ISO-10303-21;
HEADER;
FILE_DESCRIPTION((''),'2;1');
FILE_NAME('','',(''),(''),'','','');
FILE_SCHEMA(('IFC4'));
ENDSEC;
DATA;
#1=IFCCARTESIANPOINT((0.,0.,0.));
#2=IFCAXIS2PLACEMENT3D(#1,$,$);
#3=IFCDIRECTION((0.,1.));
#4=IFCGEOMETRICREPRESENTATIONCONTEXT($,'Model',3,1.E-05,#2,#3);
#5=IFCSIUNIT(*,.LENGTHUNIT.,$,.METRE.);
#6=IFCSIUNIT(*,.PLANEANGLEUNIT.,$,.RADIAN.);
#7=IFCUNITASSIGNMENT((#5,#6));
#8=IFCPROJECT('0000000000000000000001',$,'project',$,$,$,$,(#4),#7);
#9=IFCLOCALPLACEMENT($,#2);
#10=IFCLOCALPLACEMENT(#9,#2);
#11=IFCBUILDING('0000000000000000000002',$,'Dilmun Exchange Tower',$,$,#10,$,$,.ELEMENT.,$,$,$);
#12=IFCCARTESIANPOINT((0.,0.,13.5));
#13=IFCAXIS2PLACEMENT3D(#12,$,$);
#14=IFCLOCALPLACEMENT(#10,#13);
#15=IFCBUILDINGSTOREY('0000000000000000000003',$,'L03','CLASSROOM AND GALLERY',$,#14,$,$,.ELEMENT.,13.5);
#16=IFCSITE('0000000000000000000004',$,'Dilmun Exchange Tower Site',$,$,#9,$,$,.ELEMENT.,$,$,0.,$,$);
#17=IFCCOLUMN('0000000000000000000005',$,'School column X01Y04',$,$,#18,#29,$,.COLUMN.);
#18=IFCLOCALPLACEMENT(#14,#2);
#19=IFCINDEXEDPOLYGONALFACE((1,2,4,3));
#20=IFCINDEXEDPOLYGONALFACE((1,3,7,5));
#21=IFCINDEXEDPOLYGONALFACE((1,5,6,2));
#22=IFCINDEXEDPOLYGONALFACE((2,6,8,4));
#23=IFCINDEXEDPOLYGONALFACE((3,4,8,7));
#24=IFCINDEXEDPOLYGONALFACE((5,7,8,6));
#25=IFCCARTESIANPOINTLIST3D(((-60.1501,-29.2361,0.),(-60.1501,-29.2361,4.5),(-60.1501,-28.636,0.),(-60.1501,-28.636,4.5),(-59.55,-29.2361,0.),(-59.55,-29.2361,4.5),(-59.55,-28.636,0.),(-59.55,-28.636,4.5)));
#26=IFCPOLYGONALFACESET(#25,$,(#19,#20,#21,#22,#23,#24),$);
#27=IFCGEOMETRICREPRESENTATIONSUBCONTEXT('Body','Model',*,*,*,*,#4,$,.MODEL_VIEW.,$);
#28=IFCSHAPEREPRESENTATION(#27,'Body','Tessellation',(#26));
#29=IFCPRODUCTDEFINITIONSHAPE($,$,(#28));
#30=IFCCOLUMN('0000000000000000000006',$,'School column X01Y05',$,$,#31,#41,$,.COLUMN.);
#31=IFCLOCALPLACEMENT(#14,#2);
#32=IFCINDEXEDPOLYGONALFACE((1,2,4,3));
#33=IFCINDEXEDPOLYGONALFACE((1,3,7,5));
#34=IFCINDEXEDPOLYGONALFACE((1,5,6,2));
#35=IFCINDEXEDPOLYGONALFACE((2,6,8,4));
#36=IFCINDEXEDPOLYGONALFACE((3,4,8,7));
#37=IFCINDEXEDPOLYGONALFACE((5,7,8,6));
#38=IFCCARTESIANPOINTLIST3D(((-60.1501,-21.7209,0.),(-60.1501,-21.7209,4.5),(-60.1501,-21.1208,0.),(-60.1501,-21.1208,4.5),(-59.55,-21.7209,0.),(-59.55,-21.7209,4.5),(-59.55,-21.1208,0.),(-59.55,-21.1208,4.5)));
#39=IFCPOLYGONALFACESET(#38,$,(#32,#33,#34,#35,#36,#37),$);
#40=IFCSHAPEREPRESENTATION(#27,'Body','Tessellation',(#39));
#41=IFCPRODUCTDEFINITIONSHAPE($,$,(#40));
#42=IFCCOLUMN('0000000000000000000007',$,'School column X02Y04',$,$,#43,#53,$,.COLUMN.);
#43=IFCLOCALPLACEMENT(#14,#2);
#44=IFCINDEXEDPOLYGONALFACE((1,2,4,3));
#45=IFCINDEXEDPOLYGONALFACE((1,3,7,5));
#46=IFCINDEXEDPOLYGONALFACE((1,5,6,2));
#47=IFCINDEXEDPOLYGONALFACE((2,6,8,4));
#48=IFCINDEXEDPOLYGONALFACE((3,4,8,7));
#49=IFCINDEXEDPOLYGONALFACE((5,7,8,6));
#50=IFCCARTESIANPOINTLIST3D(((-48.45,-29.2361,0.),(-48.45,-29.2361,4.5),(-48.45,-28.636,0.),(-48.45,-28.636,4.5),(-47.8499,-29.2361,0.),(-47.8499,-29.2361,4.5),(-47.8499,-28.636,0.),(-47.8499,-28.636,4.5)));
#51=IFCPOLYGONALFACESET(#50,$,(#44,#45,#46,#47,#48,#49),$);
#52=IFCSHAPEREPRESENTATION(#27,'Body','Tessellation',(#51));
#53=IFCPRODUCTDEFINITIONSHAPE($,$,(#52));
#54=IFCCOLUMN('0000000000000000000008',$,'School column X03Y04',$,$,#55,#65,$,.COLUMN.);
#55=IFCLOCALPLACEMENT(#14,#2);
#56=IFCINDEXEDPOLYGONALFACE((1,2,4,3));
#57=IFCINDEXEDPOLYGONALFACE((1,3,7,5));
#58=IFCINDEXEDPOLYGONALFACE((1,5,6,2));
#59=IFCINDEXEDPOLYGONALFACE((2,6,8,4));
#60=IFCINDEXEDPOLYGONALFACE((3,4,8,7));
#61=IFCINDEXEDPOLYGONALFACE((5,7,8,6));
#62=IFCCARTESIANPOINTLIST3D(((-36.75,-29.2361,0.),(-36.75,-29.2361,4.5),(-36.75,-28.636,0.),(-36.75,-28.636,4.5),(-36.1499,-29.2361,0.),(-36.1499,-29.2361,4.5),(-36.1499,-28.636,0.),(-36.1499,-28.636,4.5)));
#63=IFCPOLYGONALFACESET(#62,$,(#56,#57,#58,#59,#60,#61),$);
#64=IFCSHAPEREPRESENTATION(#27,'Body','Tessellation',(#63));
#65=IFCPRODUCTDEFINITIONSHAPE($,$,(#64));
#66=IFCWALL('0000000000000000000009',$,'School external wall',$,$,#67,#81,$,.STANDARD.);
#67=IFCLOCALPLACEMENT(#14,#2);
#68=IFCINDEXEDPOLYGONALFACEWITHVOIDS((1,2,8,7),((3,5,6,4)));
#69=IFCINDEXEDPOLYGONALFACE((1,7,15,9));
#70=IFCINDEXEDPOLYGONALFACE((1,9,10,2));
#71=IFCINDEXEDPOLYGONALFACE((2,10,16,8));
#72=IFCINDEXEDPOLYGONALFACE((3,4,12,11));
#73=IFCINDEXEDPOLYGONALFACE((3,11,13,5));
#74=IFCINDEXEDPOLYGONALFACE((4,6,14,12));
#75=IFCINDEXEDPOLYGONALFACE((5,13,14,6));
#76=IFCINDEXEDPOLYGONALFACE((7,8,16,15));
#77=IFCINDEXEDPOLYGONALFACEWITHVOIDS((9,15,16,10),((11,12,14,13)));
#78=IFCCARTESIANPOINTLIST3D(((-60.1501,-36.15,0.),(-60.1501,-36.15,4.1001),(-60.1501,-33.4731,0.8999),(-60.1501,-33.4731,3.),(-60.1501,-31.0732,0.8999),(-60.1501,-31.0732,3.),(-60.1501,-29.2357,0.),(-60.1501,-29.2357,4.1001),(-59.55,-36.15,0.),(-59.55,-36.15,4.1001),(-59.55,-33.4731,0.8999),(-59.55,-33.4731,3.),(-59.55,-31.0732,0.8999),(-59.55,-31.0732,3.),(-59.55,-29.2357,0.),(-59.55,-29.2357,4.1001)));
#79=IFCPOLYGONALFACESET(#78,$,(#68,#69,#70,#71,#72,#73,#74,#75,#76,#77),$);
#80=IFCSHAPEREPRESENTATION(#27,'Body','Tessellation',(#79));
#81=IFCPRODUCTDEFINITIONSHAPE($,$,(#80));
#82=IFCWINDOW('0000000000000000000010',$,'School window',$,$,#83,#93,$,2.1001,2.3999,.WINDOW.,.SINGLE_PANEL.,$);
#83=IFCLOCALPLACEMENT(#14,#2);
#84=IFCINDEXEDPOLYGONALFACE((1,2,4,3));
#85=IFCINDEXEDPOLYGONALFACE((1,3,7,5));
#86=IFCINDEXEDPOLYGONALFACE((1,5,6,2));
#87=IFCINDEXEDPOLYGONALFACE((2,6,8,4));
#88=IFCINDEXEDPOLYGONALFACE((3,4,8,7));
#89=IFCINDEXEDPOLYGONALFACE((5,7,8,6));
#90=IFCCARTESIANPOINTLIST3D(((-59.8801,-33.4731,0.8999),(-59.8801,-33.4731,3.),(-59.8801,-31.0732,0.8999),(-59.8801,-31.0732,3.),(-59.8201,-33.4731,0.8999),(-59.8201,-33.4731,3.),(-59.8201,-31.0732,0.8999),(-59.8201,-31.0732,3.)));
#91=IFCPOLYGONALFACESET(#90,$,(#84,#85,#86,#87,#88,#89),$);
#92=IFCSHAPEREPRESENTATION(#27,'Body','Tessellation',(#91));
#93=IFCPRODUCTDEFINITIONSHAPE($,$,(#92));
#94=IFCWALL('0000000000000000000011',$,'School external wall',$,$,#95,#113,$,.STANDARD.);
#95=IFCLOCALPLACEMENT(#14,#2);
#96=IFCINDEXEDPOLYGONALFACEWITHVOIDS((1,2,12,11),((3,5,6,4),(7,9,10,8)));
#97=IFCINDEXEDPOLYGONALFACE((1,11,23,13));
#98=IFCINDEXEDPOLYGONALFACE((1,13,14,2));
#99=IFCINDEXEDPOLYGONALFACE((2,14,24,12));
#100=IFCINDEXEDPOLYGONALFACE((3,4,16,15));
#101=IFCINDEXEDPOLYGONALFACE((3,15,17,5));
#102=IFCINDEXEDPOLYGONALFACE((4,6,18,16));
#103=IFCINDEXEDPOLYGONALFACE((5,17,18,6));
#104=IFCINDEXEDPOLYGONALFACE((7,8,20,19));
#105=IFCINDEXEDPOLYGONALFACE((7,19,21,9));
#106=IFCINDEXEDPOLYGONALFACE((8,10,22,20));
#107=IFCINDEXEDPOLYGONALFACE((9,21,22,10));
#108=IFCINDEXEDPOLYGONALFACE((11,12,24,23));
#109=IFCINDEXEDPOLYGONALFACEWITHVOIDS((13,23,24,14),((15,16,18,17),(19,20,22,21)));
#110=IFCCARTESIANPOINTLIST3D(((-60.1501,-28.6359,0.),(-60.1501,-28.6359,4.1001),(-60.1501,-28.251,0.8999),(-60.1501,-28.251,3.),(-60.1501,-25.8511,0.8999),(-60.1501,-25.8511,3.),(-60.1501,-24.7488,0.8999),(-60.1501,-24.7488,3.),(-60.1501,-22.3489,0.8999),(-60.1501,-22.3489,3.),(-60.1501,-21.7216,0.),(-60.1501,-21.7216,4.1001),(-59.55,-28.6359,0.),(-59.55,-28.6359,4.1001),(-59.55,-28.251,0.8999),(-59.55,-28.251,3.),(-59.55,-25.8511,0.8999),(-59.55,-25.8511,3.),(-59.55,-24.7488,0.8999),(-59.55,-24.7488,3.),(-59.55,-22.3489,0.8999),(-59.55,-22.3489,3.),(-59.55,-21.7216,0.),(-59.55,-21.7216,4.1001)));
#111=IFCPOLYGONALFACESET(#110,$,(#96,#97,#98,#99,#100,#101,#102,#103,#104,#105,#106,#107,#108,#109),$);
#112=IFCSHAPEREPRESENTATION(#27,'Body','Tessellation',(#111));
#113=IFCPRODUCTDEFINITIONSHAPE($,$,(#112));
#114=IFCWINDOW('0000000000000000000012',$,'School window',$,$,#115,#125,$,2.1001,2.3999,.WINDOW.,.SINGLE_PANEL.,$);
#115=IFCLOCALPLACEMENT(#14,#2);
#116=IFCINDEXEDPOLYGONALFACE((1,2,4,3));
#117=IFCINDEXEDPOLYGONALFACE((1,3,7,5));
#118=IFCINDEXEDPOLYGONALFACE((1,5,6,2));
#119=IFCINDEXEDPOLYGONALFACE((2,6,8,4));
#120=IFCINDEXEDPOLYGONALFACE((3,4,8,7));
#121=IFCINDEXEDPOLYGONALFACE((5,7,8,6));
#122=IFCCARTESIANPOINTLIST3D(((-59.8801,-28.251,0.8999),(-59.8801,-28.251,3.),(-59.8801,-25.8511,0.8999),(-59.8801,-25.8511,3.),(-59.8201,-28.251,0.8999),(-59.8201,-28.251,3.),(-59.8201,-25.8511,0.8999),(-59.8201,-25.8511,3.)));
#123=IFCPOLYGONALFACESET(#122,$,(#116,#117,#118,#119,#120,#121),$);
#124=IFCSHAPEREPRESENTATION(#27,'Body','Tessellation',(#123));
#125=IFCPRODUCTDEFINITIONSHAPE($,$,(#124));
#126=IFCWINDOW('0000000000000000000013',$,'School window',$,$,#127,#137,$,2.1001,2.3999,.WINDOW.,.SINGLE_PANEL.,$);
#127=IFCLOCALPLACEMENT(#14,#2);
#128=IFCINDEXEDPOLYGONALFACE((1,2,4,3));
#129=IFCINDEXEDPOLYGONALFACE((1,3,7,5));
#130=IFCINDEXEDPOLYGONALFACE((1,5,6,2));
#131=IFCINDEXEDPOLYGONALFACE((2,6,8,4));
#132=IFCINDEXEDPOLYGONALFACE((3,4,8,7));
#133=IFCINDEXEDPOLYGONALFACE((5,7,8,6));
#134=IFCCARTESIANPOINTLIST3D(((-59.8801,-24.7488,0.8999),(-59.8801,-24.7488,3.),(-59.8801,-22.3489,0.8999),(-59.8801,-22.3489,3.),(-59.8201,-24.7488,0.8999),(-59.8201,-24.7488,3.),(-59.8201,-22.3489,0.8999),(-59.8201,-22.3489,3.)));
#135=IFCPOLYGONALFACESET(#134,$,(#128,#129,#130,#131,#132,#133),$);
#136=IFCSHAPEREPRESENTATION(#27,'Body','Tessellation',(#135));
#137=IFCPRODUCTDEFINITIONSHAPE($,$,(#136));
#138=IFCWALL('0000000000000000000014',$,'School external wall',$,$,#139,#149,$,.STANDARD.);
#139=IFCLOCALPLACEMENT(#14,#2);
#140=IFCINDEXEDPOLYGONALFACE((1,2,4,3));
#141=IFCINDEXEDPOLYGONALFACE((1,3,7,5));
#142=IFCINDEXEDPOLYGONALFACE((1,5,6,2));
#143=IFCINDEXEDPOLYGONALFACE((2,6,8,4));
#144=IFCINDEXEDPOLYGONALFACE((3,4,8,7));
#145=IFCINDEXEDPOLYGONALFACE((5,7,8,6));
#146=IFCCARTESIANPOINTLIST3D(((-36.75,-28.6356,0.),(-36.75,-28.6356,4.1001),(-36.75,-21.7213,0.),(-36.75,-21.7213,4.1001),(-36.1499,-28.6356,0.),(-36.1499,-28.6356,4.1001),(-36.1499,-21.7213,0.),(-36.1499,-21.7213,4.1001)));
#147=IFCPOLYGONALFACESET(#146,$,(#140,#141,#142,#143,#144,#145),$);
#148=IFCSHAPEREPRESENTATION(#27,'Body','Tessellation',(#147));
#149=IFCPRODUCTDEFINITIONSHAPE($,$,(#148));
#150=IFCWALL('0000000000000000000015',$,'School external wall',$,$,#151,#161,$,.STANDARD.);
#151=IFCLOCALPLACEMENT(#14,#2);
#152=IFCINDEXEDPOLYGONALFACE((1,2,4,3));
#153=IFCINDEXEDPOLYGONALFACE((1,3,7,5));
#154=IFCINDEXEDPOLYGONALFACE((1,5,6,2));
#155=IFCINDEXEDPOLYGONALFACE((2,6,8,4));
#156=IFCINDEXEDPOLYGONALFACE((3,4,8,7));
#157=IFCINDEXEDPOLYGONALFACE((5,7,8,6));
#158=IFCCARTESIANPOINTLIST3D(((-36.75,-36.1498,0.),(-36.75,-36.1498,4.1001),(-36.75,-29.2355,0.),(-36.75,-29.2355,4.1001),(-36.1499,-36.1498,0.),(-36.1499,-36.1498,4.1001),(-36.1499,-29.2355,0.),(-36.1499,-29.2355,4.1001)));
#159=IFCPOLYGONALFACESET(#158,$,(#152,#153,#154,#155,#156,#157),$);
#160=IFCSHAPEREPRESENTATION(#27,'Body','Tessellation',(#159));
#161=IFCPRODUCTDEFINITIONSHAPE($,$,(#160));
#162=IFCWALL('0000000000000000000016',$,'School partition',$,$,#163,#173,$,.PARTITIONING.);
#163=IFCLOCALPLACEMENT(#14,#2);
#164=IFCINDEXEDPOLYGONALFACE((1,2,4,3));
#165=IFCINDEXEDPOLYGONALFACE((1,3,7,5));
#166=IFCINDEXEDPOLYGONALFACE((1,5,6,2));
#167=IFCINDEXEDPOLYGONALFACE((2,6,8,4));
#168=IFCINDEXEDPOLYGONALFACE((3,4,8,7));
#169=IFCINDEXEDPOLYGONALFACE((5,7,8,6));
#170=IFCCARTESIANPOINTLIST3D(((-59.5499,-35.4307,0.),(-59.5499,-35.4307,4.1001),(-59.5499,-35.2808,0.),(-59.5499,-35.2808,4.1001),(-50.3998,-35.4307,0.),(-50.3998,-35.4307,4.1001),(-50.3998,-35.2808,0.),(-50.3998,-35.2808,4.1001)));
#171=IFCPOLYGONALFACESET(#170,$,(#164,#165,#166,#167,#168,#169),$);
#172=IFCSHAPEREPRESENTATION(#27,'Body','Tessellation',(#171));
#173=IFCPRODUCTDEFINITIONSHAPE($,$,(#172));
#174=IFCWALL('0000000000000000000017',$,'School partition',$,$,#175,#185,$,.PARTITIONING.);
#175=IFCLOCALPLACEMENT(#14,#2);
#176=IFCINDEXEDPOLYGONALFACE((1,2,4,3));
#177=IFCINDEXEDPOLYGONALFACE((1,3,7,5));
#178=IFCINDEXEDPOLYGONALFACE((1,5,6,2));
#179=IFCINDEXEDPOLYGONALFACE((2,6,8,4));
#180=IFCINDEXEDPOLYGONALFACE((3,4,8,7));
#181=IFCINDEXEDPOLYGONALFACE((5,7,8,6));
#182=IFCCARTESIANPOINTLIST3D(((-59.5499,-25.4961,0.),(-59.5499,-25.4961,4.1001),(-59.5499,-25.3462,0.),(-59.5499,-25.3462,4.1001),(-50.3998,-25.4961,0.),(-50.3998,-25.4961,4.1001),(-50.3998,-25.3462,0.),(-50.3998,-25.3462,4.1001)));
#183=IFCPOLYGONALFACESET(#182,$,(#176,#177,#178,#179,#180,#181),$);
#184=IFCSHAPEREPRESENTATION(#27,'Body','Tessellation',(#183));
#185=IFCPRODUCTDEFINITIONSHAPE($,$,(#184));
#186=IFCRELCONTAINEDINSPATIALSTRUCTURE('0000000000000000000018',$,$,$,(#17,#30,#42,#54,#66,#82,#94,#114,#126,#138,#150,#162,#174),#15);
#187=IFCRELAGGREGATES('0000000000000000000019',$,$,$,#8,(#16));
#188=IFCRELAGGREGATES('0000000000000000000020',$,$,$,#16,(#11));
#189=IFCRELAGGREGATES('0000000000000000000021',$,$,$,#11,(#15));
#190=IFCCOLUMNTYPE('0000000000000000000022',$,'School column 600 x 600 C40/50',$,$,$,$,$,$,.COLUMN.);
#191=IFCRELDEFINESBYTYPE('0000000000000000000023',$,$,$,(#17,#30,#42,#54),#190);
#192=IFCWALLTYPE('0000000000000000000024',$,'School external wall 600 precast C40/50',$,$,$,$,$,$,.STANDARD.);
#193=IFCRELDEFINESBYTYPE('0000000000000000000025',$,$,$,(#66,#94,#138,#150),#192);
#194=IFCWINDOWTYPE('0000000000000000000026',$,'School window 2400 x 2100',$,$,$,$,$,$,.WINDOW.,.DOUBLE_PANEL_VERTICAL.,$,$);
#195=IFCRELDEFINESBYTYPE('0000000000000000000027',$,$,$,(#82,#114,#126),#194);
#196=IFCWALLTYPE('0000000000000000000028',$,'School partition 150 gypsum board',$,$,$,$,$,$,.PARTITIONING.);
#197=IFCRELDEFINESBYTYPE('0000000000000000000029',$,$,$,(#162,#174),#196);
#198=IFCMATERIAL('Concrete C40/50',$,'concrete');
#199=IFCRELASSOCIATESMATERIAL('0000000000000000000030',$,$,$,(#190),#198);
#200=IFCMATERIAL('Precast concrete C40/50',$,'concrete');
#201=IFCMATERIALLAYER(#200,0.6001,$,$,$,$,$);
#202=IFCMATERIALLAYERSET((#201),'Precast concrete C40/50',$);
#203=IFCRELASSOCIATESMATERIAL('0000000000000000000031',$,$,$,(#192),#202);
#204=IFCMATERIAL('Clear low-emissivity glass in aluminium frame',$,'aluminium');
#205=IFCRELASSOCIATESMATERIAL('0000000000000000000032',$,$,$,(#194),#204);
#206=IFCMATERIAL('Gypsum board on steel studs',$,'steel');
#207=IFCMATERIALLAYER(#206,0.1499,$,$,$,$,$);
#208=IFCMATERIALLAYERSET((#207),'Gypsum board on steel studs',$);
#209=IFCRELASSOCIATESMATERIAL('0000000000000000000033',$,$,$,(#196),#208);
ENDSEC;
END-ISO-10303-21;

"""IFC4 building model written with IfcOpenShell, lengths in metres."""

from ifc_helpers import new_model, si_unit, direction, frame, frame_2d, origin, origin_2d, place, context, subcontext, project, spatial, rectangle, extrude, material, layer, layer_set, material_profile, profile_set, type_object, element, fill, save


model = new_model("IFC4")

# Units and contexts
model_context = context("Model", 3, precision=1e-05, world=origin(), true_north=direction((0.0, 1.0)))
body_context = subcontext(model_context, "Body", "Model", "MODEL_VIEW")
ifc_project = project(units=[si_unit("LENGTHUNIT", "METRE"), si_unit("PLANEANGLEUNIT", "RADIAN")], contexts=[model_context])

# Site, building, storey
site_placement = place(None, origin())
site = spatial("IfcSite", under=ifc_project, at=site_placement, Name="Dilmun Exchange Tower Site", CompositionType="ELEMENT", RefElevation=0.0)
building_placement = place(site_placement, origin())
building = spatial("IfcBuilding", under=site, at=building_placement, Name="Dilmun Exchange Tower", CompositionType="ELEMENT")
storey_placement = place(building_placement, frame((0.0, 0.0, 13.5)))
storey = spatial("IfcBuildingStorey", under=building, at=storey_placement, Name="L03", Description="CLASSROOM AND GALLERY", CompositionType="ELEMENT", Elevation=13.5)

# Columns
ifc_material_1 = material(Name="Concrete C40/50", Category="concrete")
ifc_material_profile = material_profile(ifc_material_1, rectangle(XDim=0.6001, YDim=0.6001, at=origin_2d()), Name="600 x 600")
ifc_profile_set = profile_set([ifc_material_profile], Name="Concrete C40/50")
column_type = type_object("IfcColumnType", Name="School column 600 x 600 C40/50", PredefinedType="COLUMN", material=ifc_profile_set)
for number, where, z_axis, x_axis, name in (
    (1, (-59.8501, -28.936, 0.0), (0.0, 0.0, 1.0), (1.0, 0.0, 0.0), "School column X01Y04"),
    (2, (-59.8501, -21.4209, 0.0), (0.0, 0.0, 1.0), (1.0, 0.0, 0.0), "School column X01Y05"),
    (3, (-48.1499, -28.936, 0.0), (0.0, 0.0, 1.0), (1.0, 0.0, 0.0), "School column X02Y04"),
    (4, (-36.45, -28.936, 0.0), (0.0, 0.0, 1.0), (1.0, 0.0, 0.0), "School column X03Y04"),
):
    element("IfcColumn", number, at=place(storey_placement, frame(where, z_axis=z_axis, x_axis=x_axis)), inside=storey, type_object=column_type, Name=name, PredefinedType="COLUMN", context=body_context, shape_type="SweptSolid", body=[
        extrude(rectangle(XDim=0.6001, YDim=0.6001, at=origin_2d()), origin(), (0.0, 0.0, 1.0), 4.5),
    ])

# Wall, opening, window
ifc_material_2 = material(Name="Precast concrete C40/50", Category="concrete")
ifc_layer_1 = layer(ifc_material_2, 0.6001)
ifc_layer_set_1 = layer_set([ifc_layer_1], Name="Precast concrete C40/50")
wall_type_1 = type_object("IfcWallType", Name="School external wall 600 precast C40/50", PredefinedType="STANDARD", material=ifc_layer_set_1)
wall_1_placement = place(storey_placement, frame((-59.8501, -36.1499, 0.0), z_axis=(0.0, 0.0, 1.0), x_axis=(0.0, 1.0, 0.0)))
wall_1 = element("IfcWall", 5, at=wall_1_placement, inside=storey, type_object=wall_type_1, Name="School external wall", PredefinedType="STANDARD", context=body_context, shape_type="SweptSolid", body=[
    extrude(rectangle(XDim=6.9143, YDim=0.6001, at=frame_2d((3.457, 0.0))), origin(), (0.0, 0.0, 1.0), 4.1001),
])
opening_1_placement = place(wall_1_placement, frame((2.6768, 0.0, 0.8999)))
opening_1 = element("IfcOpeningElement", 6, at=opening_1_placement, cuts=wall_1, PredefinedType="OPENING", context=body_context, shape_type="SweptSolid", body=[
    extrude(rectangle(XDim=2.3999, YDim=2.1001, at=frame_2d((1.2, 1.05))), frame((0.0, 0.3101, 0.0), z_axis=(0.0, -1.0, 0.0), x_axis=(1.0, 0.0, 0.0)), (0.0, 0.0, 1.0), 0.6201),
])
ifc_material_3 = material(Name="Clear low-emissivity glass in aluminium frame", Category="aluminium")
window_type = type_object("IfcWindowType", Name="School window 2400 x 2100", PartitioningType="DOUBLE_PANEL_VERTICAL", PredefinedType="WINDOW", material=ifc_material_3)
window_1_placement = place(opening_1_placement, origin())
window_1 = element("IfcWindow", 7, at=window_1_placement, inside=storey, type_object=window_type, Name="School window", OverallHeight=2.1001, OverallWidth=2.3999, PartitioningType="SINGLE_PANEL", PredefinedType="WINDOW", context=body_context, shape_type="SweptSolid", body=[
    extrude(rectangle(XDim=2.3999, YDim=2.1001, at=frame_2d((1.2, 1.05))), frame((0.0, 0.03, 0.0), z_axis=(0.0, -1.0, 0.0), x_axis=(1.0, 0.0, 0.0)), (0.0, 0.0, 1.0), 0.0601),
])
fill(opening_1, window_1)

# Wall, openings, windows
wall_2_placement = place(storey_placement, frame((-59.8501, -28.6357, 0.0), z_axis=(0.0, 0.0, 1.0), x_axis=(0.0, 1.0, 0.0)))
wall_2 = element("IfcWall", 8, at=wall_2_placement, inside=storey, type_object=wall_type_1, Name="School external wall", PredefinedType="STANDARD", context=body_context, shape_type="SweptSolid", body=[
    extrude(rectangle(XDim=6.9143, YDim=0.6001, at=frame_2d((3.457, 0.0))), origin(), (0.0, 0.0, 1.0), 4.1001),
])
opening_2_placement = place(wall_2_placement, frame((0.3848, 0.0, 0.8999)))
opening_2 = element("IfcOpeningElement", 9, at=opening_2_placement, cuts=wall_2, PredefinedType="OPENING", context=body_context, shape_type="SweptSolid", body=[
    extrude(rectangle(XDim=2.3999, YDim=2.1001, at=frame_2d((1.2, 1.05))), frame((0.0, 0.3101, 0.0), z_axis=(0.0, -1.0, 0.0), x_axis=(1.0, 0.0, 0.0)), (0.0, 0.0, 1.0), 0.6201),
])
opening_3_placement = place(wall_2_placement, frame((3.887, 0.0, 0.8999)))
opening_3 = element("IfcOpeningElement", 10, at=opening_3_placement, cuts=wall_2, PredefinedType="OPENING", context=body_context, shape_type="SweptSolid", body=[
    extrude(rectangle(XDim=2.3999, YDim=2.1001, at=frame_2d((1.2, 1.05))), frame((0.0, 0.3101, 0.0), z_axis=(0.0, -1.0, 0.0), x_axis=(1.0, 0.0, 0.0)), (0.0, 0.0, 1.0), 0.6201),
])
window_2_placement = place(opening_2_placement, origin())
window_2 = element("IfcWindow", 11, at=window_2_placement, inside=storey, type_object=window_type, Name="School window", OverallHeight=2.1001, OverallWidth=2.3999, PartitioningType="SINGLE_PANEL", PredefinedType="WINDOW", context=body_context, shape_type="SweptSolid", body=[
    extrude(rectangle(XDim=2.3999, YDim=2.1001, at=frame_2d((1.2, 1.05))), frame((0.0, 0.03, 0.0), z_axis=(0.0, -1.0, 0.0), x_axis=(1.0, 0.0, 0.0)), (0.0, 0.0, 1.0), 0.0601),
])
fill(opening_2, window_2)
window_3_placement = place(opening_3_placement, origin())
window_3 = element("IfcWindow", 12, at=window_3_placement, inside=storey, type_object=window_type, Name="School window", OverallHeight=2.1001, OverallWidth=2.3999, PartitioningType="SINGLE_PANEL", PredefinedType="WINDOW", context=body_context, shape_type="SweptSolid", body=[
    extrude(rectangle(XDim=2.3999, YDim=2.1001, at=frame_2d((1.2, 1.05))), frame((0.0, 0.03, 0.0), z_axis=(0.0, -1.0, 0.0), x_axis=(1.0, 0.0, 0.0)), (0.0, 0.0, 1.0), 0.0601),
])
fill(opening_3, window_3)

# Walls
for number, where, z_axis, x_axis, name in (
    (13, (-36.45, -21.7214, 0.0), (0.0, 0.0, 1.0), (0.0, -1.0, 0.0), "School external wall"),
    (14, (-36.45, -29.2356, 0.0), (0.0, 0.0, 1.0), (0.0, -1.0, 0.0), "School external wall"),
):
    element("IfcWall", number, at=place(storey_placement, frame(where, z_axis=z_axis, x_axis=x_axis)), inside=storey, type_object=wall_type_1, Name=name, PredefinedType="STANDARD", context=body_context, shape_type="SweptSolid", body=[
        extrude(rectangle(XDim=6.9143, YDim=0.6001, at=frame_2d((3.457, 0.0))), origin(), (0.0, 0.0, 1.0), 4.1001),
    ])
ifc_material_4 = material(Name="Gypsum board on steel studs", Category="steel")
ifc_layer_2 = layer(ifc_material_4, 0.1499)
ifc_layer_set_2 = layer_set([ifc_layer_2], Name="Gypsum board on steel studs")
wall_type_2 = type_object("IfcWallType", Name="School partition 150 gypsum board", PredefinedType="PARTITIONING", material=ifc_layer_set_2)
for number, where, z_axis, x_axis, name in (
    (15, (-59.55, -35.3557, 0.0), (0.0, 0.0, 1.0), (1.0, 0.0, 0.0), "School partition"),
    (16, (-59.55, -25.4211, 0.0), (0.0, 0.0, 1.0), (1.0, 0.0, 0.0), "School partition"),
):
    element("IfcWall", number, at=place(storey_placement, frame(where, z_axis=z_axis, x_axis=x_axis)), inside=storey, type_object=wall_type_2, Name=name, PredefinedType="PARTITIONING", context=body_context, shape_type="SweptSolid", body=[
        extrude(rectangle(XDim=9.1501, YDim=0.1499, at=frame_2d((4.5752, 0.0))), origin(), (0.0, 0.0, 1.0), 4.1001),
    ])

save(model, "model.ifc")
